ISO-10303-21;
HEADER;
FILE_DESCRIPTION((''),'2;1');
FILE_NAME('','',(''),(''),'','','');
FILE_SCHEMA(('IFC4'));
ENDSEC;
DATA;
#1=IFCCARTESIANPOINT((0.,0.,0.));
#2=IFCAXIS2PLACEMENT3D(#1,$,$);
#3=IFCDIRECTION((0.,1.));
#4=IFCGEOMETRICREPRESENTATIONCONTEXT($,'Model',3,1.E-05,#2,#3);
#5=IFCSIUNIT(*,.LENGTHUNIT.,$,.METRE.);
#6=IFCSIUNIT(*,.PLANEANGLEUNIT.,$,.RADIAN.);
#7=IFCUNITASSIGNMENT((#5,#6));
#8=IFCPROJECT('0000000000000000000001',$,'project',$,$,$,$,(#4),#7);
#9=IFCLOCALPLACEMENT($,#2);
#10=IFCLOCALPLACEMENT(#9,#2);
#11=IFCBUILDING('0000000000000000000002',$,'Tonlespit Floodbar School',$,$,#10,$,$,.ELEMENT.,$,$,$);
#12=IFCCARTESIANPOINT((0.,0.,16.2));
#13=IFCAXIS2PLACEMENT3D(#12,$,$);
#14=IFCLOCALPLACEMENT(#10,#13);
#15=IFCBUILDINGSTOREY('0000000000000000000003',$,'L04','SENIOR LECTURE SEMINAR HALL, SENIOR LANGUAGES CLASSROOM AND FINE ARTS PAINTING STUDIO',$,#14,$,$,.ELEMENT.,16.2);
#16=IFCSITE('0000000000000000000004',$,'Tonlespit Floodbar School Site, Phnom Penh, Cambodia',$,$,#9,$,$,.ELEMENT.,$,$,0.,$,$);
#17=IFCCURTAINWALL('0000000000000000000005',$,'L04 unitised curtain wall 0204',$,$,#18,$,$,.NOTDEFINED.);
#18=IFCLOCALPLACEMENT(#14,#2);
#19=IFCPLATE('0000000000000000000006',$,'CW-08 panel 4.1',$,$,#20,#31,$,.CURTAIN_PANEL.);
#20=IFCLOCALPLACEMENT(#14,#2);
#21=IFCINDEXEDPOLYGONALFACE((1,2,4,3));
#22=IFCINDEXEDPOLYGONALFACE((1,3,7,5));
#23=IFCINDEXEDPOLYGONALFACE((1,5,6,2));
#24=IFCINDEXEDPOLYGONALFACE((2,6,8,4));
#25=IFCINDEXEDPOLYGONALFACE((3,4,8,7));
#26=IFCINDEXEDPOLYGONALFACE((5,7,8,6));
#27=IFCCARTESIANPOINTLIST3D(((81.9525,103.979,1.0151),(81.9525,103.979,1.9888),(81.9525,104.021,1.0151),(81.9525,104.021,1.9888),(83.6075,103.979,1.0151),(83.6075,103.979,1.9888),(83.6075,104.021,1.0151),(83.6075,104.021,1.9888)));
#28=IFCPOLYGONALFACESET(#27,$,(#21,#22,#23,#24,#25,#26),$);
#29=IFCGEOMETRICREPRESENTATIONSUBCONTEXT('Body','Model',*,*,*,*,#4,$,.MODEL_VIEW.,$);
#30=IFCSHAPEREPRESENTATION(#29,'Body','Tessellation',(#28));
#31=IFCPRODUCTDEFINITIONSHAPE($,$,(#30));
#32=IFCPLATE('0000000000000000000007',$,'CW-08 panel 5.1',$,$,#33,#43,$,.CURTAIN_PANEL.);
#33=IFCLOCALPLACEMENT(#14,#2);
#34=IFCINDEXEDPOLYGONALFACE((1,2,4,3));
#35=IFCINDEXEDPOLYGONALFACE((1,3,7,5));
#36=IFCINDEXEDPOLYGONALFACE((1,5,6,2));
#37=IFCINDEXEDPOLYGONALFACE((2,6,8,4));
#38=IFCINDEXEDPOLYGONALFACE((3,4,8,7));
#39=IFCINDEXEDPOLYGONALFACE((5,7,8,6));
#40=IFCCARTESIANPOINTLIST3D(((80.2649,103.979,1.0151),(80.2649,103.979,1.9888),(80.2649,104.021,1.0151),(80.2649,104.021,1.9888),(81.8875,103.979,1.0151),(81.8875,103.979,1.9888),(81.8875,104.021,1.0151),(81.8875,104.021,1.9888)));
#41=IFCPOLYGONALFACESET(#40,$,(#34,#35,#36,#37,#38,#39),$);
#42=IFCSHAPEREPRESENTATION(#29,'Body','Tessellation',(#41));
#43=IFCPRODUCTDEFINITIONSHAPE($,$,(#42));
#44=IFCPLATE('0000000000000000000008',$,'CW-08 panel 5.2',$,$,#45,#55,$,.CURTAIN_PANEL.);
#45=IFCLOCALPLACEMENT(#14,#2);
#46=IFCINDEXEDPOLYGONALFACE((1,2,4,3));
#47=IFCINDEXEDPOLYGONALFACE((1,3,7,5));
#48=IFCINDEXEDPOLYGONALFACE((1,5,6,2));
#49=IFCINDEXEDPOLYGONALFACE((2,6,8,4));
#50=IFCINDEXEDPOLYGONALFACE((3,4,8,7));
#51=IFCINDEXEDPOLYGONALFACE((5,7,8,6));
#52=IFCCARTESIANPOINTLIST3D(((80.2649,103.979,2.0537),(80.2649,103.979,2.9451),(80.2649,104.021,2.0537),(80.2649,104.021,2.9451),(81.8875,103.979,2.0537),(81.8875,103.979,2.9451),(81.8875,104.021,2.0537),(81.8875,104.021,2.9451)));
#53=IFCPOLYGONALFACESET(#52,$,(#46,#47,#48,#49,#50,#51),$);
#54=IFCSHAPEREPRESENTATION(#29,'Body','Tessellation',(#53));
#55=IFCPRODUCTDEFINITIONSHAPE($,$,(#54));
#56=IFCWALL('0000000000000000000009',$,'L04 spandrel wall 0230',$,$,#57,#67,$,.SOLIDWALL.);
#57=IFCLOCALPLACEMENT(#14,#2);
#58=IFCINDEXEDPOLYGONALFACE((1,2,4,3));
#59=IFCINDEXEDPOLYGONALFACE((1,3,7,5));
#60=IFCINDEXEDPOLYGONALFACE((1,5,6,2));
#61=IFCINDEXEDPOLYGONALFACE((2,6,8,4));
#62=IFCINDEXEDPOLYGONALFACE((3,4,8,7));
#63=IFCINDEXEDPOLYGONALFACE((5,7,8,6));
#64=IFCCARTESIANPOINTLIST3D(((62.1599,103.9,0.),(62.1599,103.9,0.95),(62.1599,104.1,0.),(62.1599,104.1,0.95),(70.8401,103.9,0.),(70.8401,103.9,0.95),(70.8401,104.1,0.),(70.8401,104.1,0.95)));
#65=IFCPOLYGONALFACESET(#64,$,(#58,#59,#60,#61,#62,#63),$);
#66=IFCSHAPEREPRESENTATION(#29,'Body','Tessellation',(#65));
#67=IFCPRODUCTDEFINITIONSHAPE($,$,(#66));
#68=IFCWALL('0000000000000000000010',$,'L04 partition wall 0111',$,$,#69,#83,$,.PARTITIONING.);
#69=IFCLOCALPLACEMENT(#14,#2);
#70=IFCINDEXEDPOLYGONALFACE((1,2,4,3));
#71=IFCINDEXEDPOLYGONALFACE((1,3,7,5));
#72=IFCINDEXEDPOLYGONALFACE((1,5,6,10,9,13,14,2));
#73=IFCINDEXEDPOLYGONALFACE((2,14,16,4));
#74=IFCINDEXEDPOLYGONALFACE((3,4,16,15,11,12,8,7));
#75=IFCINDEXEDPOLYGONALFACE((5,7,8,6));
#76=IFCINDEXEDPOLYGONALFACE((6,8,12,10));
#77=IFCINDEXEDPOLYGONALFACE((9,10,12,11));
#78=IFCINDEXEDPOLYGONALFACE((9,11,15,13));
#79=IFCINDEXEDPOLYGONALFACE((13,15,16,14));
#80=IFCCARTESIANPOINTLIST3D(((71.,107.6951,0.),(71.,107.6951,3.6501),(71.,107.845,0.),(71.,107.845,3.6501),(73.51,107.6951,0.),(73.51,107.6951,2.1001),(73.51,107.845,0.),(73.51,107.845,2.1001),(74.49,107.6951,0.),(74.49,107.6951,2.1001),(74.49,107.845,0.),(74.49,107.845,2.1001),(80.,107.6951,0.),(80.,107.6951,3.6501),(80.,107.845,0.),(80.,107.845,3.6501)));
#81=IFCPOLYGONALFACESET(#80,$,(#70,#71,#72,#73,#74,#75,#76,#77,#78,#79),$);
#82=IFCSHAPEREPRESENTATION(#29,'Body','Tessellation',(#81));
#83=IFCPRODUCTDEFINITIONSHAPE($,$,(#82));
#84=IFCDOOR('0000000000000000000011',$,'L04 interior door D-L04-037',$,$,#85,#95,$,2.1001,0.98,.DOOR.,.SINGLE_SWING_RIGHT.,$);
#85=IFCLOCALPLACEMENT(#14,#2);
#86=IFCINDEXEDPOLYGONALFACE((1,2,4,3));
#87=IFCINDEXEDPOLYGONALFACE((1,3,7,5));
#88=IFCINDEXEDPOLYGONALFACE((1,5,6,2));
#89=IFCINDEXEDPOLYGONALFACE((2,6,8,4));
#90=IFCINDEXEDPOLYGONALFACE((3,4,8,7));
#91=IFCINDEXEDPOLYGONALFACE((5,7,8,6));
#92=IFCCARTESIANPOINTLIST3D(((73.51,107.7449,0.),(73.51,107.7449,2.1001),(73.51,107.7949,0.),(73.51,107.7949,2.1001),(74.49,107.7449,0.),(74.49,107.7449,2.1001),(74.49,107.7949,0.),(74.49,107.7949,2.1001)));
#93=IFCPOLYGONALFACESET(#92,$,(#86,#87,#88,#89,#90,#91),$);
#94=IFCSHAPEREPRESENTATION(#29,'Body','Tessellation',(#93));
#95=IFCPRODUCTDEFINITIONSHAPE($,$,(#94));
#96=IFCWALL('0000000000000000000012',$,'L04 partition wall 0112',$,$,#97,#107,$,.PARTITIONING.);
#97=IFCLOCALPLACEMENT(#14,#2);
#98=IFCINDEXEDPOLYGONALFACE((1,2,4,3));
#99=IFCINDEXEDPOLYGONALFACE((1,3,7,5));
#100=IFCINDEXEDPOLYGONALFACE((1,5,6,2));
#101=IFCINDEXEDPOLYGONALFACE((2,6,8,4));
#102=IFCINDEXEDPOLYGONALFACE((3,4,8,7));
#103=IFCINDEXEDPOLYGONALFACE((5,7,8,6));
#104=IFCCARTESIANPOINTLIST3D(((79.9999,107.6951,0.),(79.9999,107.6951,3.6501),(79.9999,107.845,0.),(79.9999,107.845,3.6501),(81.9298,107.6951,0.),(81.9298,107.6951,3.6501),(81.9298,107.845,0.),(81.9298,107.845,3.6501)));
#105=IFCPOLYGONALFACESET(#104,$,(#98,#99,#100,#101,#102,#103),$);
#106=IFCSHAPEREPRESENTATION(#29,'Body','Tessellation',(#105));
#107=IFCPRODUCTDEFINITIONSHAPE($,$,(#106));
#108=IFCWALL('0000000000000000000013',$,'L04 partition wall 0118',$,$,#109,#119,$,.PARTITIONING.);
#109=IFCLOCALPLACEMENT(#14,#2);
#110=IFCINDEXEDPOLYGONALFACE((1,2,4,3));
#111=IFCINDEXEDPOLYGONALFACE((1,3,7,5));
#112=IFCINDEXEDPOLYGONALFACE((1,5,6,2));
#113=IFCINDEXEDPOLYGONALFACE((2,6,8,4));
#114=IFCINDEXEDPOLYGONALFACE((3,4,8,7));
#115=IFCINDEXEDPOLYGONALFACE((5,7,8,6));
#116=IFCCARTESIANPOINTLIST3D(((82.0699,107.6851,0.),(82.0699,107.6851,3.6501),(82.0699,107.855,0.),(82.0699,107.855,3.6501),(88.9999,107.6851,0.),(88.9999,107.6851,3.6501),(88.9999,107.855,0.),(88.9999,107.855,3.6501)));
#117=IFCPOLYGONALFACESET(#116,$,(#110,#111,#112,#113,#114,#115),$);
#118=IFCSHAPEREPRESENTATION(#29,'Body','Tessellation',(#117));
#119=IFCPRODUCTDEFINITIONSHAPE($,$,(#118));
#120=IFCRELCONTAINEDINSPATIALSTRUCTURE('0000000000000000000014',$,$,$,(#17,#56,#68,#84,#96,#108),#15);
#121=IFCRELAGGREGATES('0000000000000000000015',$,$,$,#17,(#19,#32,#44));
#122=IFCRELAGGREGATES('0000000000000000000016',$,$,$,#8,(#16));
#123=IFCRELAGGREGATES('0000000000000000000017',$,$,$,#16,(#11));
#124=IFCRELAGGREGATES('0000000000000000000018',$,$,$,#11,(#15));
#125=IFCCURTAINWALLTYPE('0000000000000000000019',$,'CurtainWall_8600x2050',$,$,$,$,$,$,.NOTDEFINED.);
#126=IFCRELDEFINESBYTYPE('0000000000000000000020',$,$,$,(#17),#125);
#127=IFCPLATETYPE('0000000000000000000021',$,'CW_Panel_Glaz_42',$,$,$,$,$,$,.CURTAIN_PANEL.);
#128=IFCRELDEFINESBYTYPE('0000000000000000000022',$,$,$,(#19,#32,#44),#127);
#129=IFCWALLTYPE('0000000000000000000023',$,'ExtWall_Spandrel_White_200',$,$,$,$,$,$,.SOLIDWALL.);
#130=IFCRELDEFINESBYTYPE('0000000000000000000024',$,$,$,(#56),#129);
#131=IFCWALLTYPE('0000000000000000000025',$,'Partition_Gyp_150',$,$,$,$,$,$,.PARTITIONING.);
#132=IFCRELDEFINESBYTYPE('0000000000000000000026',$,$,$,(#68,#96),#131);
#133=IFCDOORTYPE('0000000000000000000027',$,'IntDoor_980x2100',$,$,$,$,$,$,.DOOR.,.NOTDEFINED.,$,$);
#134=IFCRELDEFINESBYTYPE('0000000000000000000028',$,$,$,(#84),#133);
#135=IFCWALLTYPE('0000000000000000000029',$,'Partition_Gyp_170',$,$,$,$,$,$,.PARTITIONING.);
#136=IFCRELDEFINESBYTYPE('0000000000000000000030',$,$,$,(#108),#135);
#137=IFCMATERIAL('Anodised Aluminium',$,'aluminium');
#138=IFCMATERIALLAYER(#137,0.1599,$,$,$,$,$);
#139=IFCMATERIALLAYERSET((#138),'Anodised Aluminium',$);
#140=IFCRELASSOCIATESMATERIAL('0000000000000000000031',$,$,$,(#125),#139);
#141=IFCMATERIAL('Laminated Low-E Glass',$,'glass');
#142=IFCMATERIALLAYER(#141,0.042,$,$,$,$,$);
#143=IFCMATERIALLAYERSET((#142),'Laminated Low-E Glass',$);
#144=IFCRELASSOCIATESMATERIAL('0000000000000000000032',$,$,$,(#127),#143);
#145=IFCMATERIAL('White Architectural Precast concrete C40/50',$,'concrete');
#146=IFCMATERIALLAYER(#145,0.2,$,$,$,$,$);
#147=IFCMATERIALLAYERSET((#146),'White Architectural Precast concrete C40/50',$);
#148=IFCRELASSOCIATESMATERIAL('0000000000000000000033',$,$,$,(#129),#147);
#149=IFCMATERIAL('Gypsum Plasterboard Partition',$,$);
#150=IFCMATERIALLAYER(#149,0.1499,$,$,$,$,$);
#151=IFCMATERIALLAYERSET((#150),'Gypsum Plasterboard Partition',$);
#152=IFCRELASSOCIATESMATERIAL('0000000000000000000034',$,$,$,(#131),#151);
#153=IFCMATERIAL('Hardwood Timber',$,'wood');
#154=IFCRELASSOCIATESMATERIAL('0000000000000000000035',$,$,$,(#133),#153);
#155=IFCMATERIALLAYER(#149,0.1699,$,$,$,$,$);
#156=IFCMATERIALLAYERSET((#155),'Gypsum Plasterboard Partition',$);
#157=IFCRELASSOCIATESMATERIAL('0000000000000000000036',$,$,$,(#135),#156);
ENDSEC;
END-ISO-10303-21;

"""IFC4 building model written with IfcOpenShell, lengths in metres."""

from ifc_helpers import new_model, si_unit, direction, frame, frame_2d, origin, origin_2d, place, context, subcontext, project, spatial, rectangle, extrude, material, layer, layer_set, type_object, element, fill, aggregate, save


model = new_model("IFC4")

# Units and contexts
model_context = context("Model", 3, precision=1e-05, world=origin(), true_north=direction((0.0, 1.0)))
body_context = subcontext(model_context, "Body", "Model", "MODEL_VIEW")
ifc_project = project(units=[si_unit("LENGTHUNIT", "METRE"), si_unit("PLANEANGLEUNIT", "RADIAN")], contexts=[model_context])

# Site, building, storey
site_placement = place(None, origin())
site = spatial("IfcSite", under=ifc_project, at=site_placement, Name="Tonlespit Floodbar School Site, Phnom Penh, Cambodia", CompositionType="ELEMENT", RefElevation=0.0)
building_placement = place(site_placement, origin())
building = spatial("IfcBuilding", under=site, at=building_placement, Name="Tonlespit Floodbar School", CompositionType="ELEMENT")
storey_placement = place(building_placement, frame((0.0, 0.0, 16.2)))
storey = spatial("IfcBuildingStorey", under=building, at=storey_placement, Name="L04", Description="SENIOR LECTURE SEMINAR HALL, SENIOR LANGUAGES CLASSROOM AND FINE ARTS PAINTING STUDIO", CompositionType="ELEMENT", Elevation=16.2)

# Curtain wall
ifc_material_1 = material(Name="Anodised Aluminium", Category="aluminium")
ifc_layer_1 = layer(ifc_material_1, 0.1599)
ifc_layer_set_1 = layer_set([ifc_layer_1], Name="Anodised Aluminium")
curtain_wall_type = type_object("IfcCurtainWallType", Name="CurtainWall_8600x2050", PredefinedType="NOTDEFINED", material=ifc_layer_set_1)
curtain_wall_1_placement = place(storey_placement, origin())
curtain_wall_1 = element("IfcCurtainWall", 1, at=curtain_wall_1_placement, inside=storey, type_object=curtain_wall_type, Name="L04 unitised curtain wall 0204", PredefinedType="NOTDEFINED")

# Plates
ifc_material_2 = material(Name="Laminated Low-E Glass", Category="glass")
ifc_layer_2 = layer(ifc_material_2, 0.042)
ifc_layer_set_2 = layer_set([ifc_layer_2], Name="Laminated Low-E Glass")
plate_type = type_object("IfcPlateType", Name="CW_Panel_Glaz_42", PredefinedType="CURTAIN_PANEL", material=ifc_layer_set_2)
plate_1_placement = place(storey_placement, frame((82.78, 104.0, 1.0151), z_axis=(0.0, 0.0, 1.0), x_axis=(-1.0, 0.0, 0.0)))
plate_1 = element("IfcPlate", 2, at=plate_1_placement, type_object=plate_type, Name="CW-08 panel 4.1", PredefinedType="CURTAIN_PANEL", context=body_context, shape_type="SweptSolid", body=[
    extrude(rectangle(XDim=1.655, YDim=0.042, at=origin_2d()), origin(), (0.0, 0.0, 1.0), 0.9736),
])
plate_2_placement = place(storey_placement, frame((81.0762, 104.0, 1.0151), z_axis=(0.0, 0.0, 1.0), x_axis=(-1.0, 0.0, 0.0)))
plate_2 = element("IfcPlate", 3, at=plate_2_placement, type_object=plate_type, Name="CW-08 panel 5.1", PredefinedType="CURTAIN_PANEL", context=body_context, shape_type="SweptSolid", body=[
    extrude(rectangle(XDim=1.6226, YDim=0.042, at=origin_2d()), origin(), (0.0, 0.0, 1.0), 0.9736),
])
plate_3_placement = place(storey_placement, frame((81.0762, 104.0, 2.0537), z_axis=(0.0, 0.0, 1.0), x_axis=(-1.0, 0.0, 0.0)))
plate_3 = element("IfcPlate", 4, at=plate_3_placement, type_object=plate_type, Name="CW-08 panel 5.2", PredefinedType="CURTAIN_PANEL", context=body_context, shape_type="SweptSolid", body=[
    extrude(rectangle(XDim=1.6226, YDim=0.042, at=origin_2d()), origin(), (0.0, 0.0, 1.0), 0.8914),
])
aggregate(curtain_wall_1, [plate_1, plate_2, plate_3])

# Wall
ifc_material_3 = material(Name="White Architectural Precast concrete C40/50", Category="concrete")
ifc_layer_3 = layer(ifc_material_3, 0.2)
ifc_layer_set_3 = layer_set([ifc_layer_3], Name="White Architectural Precast concrete C40/50")
wall_type_1 = type_object("IfcWallType", Name="ExtWall_Spandrel_White_200", PredefinedType="SOLIDWALL", material=ifc_layer_set_3)
wall_1_placement = place(storey_placement, frame((70.8401, 104.0, 0.0), z_axis=(0.0, 0.0, 1.0), x_axis=(-1.0, 0.0, 0.0)))
element("IfcWall", 5, at=wall_1_placement, inside=storey, type_object=wall_type_1, Name="L04 spandrel wall 0230", PredefinedType="SOLIDWALL", context=body_context, shape_type="SweptSolid", body=[
    extrude(rectangle(XDim=8.6802, YDim=0.2, at=frame_2d((4.3401, 0.0))), origin(), (0.0, 0.0, 1.0), 0.95),
])

# Wall, opening, door
ifc_material_4 = material(Name="Gypsum Plasterboard Partition")
ifc_layer_4 = layer(ifc_material_4, 0.1499)
ifc_layer_set_4 = layer_set([ifc_layer_4], Name="Gypsum Plasterboard Partition")
wall_type_2 = type_object("IfcWallType", Name="Partition_Gyp_150", PredefinedType="PARTITIONING", material=ifc_layer_set_4)
wall_2_placement = place(storey_placement, frame((71.0, 107.77, 0.0), z_axis=(0.0, 0.0, 1.0), x_axis=(1.0, 0.0, 0.0)))
wall_2 = element("IfcWall", 6, at=wall_2_placement, inside=storey, type_object=wall_type_2, Name="L04 partition wall 0111", PredefinedType="PARTITIONING", context=body_context, shape_type="SweptSolid", body=[
    extrude(rectangle(XDim=9.0, YDim=0.1499, at=frame_2d((4.5, 0.0))), origin(), (0.0, 0.0, 1.0), 3.6501),
])
opening_1_placement = place(wall_2_placement, frame((2.51, 0.0, 0.0)))
opening_1 = element("IfcOpeningElement", 7, at=opening_1_placement, cuts=wall_2, PredefinedType="OPENING", context=body_context, shape_type="SweptSolid", body=[
    extrude(rectangle(XDim=0.98, YDim=2.1001, at=frame_2d((0.49, 1.05))), frame((0.0, 0.085, 0.0), z_axis=(0.0, -1.0, 0.0), x_axis=(1.0, 0.0, 0.0)), (0.0, 0.0, 1.0), 0.1699),
])
ifc_material_5 = material(Name="Hardwood Timber", Category="wood")
door_type_1 = type_object("IfcDoorType", Name="IntDoor_980x2100", OperationType="NOTDEFINED", PredefinedType="DOOR", material=ifc_material_5)
door_1_placement = place(opening_1_placement, origin())
door_1 = element("IfcDoor", 8, at=door_1_placement, inside=storey, type_object=door_type_1, Name="L04 interior door D-L04-037", OperationType="SINGLE_SWING_RIGHT", OverallHeight=2.1001, OverallWidth=0.98, PredefinedType="DOOR", context=body_context, shape_type="SweptSolid", body=[
    extrude(rectangle(XDim=0.98, YDim=2.1001, at=frame_2d((0.49, 1.05))), frame((0.0, 0.0249, 0.0), z_axis=(0.0, -1.0, 0.0), x_axis=(1.0, 0.0, 0.0)), (0.0, 0.0, 1.0), 0.05),
])
fill(opening_1, door_1)

# Walls
wall_3_placement = place(storey_placement, frame((80.0, 107.77, 0.0), z_axis=(0.0, 0.0, 1.0), x_axis=(1.0, 0.0, 0.0)))
element("IfcWall", 9, at=wall_3_placement, inside=storey, type_object=wall_type_2, Name="L04 partition wall 0112", PredefinedType="PARTITIONING", context=body_context, shape_type="SweptSolid", body=[
    extrude(rectangle(XDim=1.9299, YDim=0.1499, at=frame_2d((0.9648, 0.0))), origin(), (0.0, 0.0, 1.0), 3.6501),
])
ifc_layer_5 = layer(ifc_material_4, 0.1699)
ifc_layer_set_5 = layer_set([ifc_layer_5], Name="Gypsum Plasterboard Partition")
wall_type_3 = type_object("IfcWallType", Name="Partition_Gyp_170", PredefinedType="PARTITIONING", material=ifc_layer_set_5)
wall_4_placement = place(storey_placement, frame((82.0701, 107.77, 0.0), z_axis=(0.0, 0.0, 1.0), x_axis=(1.0, 0.0, 0.0)))
element("IfcWall", 10, at=wall_4_placement, inside=storey, type_object=wall_type_3, Name="L04 partition wall 0118", PredefinedType="PARTITIONING", context=body_context, shape_type="SweptSolid", body=[
    extrude(rectangle(XDim=6.9299, YDim=0.1699, at=frame_2d((3.4648, 0.0))), origin(), (0.0, 0.0, 1.0), 3.6501),
])

save(model, "model.ifc")
